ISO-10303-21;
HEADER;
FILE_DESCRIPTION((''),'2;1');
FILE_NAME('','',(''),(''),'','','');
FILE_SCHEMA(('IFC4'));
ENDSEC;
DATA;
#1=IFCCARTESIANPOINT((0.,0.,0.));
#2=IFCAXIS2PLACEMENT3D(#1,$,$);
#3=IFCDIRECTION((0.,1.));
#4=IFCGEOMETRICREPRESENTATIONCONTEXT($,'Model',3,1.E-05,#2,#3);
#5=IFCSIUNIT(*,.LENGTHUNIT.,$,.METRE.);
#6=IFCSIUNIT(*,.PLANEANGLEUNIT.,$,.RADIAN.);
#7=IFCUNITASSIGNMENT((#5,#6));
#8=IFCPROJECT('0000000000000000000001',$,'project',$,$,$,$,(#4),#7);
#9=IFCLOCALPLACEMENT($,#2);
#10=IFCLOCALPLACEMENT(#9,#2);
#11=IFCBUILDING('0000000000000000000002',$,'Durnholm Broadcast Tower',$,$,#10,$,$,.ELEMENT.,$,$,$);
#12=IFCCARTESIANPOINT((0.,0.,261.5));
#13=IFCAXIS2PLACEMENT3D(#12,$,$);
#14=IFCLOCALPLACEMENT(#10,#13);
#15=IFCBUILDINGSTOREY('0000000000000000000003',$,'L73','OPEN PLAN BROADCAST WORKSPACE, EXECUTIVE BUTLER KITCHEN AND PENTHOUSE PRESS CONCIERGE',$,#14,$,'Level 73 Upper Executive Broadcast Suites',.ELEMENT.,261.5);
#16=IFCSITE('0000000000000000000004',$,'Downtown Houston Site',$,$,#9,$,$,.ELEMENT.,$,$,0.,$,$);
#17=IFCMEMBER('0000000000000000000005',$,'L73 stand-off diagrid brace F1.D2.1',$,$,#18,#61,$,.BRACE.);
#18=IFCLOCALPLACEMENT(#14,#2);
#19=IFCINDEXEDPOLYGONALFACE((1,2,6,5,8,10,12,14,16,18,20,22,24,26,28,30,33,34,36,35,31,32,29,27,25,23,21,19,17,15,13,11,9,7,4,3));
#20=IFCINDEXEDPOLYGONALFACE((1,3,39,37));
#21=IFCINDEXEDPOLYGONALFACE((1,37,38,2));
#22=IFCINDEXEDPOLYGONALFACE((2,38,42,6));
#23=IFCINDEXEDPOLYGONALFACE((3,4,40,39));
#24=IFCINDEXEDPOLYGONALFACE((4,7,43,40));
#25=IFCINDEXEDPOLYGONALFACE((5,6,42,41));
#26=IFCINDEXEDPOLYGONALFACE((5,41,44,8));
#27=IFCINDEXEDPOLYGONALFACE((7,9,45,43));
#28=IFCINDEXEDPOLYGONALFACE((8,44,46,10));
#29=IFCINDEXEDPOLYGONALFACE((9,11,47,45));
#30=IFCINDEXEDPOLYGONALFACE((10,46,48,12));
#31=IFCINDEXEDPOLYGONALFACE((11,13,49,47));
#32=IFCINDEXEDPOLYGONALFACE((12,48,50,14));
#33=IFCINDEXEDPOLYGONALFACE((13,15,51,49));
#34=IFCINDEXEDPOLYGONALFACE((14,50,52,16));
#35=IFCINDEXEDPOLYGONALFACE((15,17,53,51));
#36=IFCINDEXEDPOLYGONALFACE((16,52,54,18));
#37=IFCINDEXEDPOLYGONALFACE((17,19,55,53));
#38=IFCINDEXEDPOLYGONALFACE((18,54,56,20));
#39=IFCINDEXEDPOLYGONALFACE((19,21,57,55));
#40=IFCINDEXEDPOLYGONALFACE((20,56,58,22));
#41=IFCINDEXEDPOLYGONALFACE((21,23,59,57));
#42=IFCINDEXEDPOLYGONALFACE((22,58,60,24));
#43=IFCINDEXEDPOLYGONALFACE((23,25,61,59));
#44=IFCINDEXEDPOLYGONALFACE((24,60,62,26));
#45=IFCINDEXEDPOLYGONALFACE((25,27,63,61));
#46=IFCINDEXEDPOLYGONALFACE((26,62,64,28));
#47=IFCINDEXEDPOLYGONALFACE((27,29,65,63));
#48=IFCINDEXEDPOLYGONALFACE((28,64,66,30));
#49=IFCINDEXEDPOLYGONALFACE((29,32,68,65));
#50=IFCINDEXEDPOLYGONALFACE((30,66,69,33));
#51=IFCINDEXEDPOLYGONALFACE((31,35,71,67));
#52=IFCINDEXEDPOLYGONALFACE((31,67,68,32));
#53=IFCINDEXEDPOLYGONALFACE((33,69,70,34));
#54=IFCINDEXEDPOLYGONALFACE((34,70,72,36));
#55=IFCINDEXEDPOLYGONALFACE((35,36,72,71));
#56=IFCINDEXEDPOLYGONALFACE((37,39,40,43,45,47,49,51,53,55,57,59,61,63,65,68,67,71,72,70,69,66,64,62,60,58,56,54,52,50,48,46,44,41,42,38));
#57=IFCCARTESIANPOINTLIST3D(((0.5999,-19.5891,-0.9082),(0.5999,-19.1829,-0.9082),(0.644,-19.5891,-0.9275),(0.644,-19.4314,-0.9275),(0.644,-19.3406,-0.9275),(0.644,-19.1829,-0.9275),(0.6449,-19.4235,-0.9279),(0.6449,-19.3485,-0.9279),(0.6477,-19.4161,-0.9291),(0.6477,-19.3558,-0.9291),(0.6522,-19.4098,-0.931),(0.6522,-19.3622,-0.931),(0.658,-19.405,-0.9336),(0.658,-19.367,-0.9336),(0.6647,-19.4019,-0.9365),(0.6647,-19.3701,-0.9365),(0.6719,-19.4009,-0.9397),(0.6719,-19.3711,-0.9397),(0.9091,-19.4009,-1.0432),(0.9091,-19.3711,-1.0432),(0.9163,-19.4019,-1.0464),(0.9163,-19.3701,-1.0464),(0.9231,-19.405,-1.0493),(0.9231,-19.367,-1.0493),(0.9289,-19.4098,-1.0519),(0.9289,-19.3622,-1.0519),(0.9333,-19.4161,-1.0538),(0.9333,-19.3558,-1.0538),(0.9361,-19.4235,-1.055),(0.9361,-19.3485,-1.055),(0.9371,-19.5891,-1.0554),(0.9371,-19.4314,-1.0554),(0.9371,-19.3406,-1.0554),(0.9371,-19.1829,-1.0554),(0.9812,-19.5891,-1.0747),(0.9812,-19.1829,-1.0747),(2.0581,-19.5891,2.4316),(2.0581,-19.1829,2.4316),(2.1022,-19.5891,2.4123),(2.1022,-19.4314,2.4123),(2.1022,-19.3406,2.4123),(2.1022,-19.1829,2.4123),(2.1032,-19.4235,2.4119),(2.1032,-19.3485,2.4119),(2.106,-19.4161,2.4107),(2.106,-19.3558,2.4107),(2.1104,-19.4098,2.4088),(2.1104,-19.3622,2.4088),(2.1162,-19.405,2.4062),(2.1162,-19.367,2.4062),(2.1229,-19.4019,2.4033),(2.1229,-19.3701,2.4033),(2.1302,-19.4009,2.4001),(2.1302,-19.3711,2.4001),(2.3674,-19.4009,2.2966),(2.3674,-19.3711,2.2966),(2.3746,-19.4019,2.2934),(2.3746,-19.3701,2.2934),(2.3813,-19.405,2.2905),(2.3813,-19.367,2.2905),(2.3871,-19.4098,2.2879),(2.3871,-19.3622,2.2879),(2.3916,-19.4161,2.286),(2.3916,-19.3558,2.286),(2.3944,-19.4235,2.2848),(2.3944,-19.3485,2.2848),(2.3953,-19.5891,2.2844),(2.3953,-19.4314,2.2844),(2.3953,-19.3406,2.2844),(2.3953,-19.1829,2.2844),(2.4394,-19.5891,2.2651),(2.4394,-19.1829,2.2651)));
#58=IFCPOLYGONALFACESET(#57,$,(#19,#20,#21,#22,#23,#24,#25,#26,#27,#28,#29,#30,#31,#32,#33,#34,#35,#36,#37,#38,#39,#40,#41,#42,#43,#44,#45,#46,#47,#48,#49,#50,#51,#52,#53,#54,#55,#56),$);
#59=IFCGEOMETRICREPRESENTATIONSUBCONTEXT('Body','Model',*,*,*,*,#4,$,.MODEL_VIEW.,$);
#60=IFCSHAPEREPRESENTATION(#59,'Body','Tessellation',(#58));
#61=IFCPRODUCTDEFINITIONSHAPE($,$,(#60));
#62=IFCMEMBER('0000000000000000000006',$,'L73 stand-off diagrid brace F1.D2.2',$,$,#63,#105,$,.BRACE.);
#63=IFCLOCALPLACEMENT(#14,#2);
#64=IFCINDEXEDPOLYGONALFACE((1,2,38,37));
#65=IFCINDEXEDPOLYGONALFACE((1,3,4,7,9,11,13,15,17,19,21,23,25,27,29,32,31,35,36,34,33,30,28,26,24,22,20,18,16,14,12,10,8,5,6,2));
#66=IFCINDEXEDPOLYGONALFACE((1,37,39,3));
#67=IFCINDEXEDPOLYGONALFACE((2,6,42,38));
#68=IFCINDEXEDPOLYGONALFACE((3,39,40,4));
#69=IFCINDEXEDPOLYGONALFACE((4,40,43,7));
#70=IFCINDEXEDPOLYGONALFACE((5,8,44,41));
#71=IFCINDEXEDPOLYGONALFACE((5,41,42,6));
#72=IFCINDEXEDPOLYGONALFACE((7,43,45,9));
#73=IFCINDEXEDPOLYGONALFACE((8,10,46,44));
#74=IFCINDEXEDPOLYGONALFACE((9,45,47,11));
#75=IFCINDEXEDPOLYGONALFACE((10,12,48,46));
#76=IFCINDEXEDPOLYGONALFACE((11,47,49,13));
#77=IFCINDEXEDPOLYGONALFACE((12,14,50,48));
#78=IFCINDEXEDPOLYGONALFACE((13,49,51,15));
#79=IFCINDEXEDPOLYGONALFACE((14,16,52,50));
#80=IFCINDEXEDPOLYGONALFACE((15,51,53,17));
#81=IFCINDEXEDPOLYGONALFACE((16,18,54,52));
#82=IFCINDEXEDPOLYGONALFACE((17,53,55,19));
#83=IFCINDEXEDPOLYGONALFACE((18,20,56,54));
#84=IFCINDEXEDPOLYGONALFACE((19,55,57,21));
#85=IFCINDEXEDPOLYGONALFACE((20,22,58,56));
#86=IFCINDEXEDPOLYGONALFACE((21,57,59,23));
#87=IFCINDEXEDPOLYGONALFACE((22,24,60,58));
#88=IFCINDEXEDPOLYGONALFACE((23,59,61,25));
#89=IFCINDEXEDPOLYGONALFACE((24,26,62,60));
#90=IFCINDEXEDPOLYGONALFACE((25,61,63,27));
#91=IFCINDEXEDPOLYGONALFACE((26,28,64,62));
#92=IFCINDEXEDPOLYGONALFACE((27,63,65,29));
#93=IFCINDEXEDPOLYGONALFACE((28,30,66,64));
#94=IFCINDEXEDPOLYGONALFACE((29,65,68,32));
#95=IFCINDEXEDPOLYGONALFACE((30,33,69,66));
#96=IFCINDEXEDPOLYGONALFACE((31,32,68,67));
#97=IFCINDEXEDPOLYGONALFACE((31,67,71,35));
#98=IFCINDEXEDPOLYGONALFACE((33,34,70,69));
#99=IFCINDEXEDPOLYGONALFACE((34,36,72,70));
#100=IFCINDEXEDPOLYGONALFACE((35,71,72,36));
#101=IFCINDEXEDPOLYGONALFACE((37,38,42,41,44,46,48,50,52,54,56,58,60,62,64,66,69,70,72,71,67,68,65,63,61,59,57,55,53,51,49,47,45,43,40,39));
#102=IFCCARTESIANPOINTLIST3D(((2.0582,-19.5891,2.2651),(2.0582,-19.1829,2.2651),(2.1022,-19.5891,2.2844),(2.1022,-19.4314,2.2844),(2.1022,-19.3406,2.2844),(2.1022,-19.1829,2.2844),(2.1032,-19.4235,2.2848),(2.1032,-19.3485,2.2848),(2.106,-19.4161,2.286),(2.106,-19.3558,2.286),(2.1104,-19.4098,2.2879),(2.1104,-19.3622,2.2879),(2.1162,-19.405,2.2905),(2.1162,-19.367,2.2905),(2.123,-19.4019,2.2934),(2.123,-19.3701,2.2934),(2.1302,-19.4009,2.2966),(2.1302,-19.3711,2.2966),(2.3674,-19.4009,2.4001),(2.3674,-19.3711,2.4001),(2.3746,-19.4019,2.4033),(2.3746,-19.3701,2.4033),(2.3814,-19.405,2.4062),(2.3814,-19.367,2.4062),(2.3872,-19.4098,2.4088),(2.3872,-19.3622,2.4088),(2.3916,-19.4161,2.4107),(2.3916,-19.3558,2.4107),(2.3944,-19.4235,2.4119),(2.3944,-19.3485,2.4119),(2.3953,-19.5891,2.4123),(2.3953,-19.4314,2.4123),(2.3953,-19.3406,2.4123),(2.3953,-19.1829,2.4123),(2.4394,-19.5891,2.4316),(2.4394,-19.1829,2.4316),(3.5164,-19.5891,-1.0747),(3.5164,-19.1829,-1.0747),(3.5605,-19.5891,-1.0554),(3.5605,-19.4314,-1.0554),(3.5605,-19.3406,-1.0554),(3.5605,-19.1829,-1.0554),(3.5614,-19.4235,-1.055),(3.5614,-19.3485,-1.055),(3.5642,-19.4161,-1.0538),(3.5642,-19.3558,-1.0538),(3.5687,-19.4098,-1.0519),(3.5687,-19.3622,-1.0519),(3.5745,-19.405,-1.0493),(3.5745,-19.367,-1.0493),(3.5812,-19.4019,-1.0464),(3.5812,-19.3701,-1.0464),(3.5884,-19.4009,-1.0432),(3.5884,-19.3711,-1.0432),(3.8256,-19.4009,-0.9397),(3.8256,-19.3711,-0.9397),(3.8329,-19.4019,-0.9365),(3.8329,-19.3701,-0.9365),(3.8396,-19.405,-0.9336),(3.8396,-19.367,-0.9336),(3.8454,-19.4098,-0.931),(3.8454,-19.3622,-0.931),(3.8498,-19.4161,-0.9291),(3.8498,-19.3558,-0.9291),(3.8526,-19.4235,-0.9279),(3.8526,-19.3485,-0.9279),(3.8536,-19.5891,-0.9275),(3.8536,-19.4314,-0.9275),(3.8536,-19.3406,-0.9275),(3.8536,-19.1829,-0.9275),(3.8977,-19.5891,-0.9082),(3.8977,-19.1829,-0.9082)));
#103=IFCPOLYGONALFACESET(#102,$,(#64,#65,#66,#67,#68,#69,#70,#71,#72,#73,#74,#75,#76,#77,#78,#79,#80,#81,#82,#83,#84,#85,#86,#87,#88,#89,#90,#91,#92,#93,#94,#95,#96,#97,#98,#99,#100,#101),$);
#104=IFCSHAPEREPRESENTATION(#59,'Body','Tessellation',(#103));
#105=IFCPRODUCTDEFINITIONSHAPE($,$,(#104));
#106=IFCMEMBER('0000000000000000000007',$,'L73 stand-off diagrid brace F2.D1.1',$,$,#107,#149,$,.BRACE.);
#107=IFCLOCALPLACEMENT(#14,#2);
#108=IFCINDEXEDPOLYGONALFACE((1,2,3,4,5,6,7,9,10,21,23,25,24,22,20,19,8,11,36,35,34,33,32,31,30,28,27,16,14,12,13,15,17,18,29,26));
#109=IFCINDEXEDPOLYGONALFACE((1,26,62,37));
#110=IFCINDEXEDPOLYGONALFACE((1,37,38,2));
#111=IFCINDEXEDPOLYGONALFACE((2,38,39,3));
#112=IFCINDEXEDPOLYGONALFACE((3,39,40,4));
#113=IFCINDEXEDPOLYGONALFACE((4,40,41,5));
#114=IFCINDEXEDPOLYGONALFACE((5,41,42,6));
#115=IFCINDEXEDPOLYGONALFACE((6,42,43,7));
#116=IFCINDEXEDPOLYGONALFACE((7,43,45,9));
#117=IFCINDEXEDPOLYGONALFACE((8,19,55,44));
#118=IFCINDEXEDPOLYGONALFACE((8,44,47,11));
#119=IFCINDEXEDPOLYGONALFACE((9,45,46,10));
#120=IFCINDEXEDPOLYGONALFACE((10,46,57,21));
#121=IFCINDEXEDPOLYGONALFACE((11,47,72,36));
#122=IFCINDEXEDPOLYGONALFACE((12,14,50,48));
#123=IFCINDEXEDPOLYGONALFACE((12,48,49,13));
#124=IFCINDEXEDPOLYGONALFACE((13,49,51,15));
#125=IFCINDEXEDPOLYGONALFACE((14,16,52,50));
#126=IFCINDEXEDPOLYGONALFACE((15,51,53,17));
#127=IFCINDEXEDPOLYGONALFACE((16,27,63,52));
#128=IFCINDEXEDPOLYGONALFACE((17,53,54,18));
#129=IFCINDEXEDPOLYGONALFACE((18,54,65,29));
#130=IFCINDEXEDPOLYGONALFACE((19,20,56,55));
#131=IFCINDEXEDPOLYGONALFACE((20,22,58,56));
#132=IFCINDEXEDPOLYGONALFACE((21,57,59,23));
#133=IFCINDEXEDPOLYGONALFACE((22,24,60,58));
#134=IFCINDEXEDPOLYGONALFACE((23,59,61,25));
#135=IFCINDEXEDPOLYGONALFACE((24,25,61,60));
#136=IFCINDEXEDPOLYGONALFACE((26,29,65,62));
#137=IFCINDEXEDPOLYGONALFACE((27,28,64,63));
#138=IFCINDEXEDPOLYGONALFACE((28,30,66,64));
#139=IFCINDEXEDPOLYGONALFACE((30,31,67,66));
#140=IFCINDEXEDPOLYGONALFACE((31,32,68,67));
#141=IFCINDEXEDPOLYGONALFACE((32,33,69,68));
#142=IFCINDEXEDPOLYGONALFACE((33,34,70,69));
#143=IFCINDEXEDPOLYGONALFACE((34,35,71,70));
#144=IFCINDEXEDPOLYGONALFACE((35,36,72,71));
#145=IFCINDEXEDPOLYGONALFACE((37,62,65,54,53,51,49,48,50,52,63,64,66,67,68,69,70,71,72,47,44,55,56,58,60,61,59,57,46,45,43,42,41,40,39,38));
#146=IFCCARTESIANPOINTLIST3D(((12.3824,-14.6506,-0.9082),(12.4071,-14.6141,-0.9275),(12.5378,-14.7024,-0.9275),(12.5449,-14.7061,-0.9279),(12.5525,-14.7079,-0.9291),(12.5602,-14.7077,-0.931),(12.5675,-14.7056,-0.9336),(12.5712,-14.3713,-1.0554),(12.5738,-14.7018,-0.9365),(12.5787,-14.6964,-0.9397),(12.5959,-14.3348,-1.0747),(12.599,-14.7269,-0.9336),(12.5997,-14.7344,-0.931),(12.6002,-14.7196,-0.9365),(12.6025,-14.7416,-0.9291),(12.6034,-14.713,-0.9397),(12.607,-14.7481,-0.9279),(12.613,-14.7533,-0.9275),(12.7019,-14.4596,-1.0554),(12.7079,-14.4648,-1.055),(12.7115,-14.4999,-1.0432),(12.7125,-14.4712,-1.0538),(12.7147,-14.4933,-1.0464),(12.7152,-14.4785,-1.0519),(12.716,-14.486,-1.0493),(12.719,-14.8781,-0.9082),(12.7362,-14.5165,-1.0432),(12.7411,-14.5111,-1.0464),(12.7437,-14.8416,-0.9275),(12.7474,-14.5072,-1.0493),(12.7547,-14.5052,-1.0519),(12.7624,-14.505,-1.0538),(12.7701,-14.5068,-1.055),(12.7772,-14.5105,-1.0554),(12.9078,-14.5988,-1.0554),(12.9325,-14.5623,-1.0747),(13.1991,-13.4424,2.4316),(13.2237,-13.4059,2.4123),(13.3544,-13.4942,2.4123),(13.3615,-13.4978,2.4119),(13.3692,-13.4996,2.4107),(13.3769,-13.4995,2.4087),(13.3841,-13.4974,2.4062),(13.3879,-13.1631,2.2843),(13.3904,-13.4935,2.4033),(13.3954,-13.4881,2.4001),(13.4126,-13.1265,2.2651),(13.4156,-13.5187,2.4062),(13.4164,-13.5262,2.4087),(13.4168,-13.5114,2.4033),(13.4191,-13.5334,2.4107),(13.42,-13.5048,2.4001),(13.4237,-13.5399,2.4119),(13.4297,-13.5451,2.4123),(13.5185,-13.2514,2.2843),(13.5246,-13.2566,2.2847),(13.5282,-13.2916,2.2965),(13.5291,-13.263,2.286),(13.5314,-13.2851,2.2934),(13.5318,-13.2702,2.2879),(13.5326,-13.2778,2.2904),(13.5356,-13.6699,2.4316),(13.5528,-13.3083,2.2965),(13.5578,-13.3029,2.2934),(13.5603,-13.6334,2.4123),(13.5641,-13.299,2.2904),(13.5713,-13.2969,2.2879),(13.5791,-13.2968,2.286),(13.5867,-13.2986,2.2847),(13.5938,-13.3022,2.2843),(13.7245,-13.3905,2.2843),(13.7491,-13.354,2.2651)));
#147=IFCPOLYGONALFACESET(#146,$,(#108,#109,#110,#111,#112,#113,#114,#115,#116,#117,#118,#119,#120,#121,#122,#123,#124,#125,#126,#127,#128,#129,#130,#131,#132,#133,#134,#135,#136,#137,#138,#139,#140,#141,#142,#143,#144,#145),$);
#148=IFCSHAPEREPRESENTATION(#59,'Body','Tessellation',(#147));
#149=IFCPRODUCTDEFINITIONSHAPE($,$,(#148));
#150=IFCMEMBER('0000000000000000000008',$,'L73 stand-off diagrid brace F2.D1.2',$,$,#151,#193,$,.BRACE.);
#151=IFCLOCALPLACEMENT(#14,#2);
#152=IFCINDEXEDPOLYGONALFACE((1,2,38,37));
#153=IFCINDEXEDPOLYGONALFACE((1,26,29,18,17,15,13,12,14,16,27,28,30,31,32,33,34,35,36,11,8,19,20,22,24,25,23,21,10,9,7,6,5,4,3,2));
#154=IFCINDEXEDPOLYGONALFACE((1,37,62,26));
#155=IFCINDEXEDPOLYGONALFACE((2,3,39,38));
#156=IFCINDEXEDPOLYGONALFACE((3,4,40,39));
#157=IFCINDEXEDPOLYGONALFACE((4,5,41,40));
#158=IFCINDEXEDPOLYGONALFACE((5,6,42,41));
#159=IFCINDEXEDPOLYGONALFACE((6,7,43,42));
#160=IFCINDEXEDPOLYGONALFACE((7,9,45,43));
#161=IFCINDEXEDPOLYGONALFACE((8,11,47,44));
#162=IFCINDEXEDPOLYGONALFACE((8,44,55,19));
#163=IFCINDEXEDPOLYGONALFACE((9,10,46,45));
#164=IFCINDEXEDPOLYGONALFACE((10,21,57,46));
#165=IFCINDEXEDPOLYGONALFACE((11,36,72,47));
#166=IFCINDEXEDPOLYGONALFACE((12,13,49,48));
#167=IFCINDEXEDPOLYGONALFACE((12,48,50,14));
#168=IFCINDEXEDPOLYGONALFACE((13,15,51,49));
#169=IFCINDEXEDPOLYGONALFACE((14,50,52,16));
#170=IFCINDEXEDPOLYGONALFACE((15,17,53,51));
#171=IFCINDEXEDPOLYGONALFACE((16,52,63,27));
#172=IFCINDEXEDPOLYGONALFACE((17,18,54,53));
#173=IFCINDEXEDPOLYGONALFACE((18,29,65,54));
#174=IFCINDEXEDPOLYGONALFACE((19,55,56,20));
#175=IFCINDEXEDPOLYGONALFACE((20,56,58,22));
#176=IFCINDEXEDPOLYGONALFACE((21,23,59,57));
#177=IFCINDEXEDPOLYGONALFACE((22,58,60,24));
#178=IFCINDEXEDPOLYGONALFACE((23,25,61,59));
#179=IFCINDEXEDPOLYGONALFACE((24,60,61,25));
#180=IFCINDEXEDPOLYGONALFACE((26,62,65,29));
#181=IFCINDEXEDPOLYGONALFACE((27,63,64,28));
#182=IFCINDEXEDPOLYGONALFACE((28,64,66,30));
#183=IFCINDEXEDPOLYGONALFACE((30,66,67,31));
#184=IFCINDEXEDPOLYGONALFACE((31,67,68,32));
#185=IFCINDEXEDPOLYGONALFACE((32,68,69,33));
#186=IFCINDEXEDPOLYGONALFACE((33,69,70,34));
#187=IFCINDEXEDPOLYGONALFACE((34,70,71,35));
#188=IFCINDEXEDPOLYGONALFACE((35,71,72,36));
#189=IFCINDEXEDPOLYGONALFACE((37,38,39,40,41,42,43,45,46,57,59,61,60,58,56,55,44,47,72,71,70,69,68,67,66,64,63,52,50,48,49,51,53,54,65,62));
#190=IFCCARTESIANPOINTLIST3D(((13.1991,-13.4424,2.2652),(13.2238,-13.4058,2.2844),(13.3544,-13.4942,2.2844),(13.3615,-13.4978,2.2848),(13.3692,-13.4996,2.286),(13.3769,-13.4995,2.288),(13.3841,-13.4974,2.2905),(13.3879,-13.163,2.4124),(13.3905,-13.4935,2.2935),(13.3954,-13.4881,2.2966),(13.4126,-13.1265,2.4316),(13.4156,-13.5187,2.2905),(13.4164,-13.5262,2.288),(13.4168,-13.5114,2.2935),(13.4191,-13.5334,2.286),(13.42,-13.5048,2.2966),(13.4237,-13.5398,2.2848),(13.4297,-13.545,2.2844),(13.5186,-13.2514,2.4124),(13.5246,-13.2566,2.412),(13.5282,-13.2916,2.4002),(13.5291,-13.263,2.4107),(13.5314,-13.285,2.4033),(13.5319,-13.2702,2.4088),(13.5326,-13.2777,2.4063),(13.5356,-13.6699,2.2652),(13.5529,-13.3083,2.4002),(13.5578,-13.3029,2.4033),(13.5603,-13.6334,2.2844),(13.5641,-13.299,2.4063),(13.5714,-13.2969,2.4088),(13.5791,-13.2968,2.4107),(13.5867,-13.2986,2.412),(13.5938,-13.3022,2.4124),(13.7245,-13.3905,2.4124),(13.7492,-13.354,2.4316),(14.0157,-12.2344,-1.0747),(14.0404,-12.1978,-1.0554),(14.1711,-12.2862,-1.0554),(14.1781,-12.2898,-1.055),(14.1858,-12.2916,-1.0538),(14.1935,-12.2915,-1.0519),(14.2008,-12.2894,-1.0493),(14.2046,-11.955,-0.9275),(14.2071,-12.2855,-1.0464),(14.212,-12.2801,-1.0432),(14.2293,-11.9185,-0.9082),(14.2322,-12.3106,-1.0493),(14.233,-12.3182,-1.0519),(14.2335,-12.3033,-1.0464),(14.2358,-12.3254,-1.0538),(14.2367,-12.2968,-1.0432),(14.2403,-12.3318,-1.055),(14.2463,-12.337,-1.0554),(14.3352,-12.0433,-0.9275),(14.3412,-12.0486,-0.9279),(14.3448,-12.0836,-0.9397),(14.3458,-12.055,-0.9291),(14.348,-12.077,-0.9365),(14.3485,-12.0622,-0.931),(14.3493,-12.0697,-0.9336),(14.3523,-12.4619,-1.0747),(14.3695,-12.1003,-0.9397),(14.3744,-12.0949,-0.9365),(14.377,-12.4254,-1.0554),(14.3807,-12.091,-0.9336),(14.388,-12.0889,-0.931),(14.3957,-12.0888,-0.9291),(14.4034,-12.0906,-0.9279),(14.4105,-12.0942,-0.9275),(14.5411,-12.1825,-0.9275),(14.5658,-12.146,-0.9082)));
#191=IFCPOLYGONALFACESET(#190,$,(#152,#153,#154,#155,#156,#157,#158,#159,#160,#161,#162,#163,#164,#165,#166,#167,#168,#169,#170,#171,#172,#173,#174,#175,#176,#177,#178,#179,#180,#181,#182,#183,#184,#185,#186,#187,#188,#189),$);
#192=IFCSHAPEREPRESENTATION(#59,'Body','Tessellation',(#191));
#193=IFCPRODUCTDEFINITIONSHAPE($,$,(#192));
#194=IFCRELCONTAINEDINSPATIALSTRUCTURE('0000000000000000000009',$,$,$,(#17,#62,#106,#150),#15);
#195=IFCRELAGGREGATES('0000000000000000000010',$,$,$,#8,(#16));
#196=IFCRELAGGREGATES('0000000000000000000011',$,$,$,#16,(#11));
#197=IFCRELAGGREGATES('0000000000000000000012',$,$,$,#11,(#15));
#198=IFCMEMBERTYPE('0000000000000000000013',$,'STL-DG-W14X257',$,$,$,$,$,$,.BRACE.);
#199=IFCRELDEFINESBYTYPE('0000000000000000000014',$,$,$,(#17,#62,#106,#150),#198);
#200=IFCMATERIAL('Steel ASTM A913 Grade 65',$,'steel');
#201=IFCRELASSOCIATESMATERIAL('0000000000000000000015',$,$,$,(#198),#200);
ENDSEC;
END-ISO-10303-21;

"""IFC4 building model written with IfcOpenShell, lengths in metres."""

from ifc_helpers import new_model, si_unit, direction, frame, origin, origin_2d, place, context, subcontext, project, spatial, i_section, extrude, source, transform, mapped, material, material_profile, profile_set, type_object, type_shapes, element, save


model = new_model("IFC4")

# Units and contexts
model_context = context("Model", 3, precision=1e-05, world=origin(), true_north=direction((0.0, 1.0)))
body_context = subcontext(model_context, "Body", "Model", "MODEL_VIEW")
ifc_project = project(units=[si_unit("LENGTHUNIT", "METRE"), si_unit("PLANEANGLEUNIT", "RADIAN")], contexts=[model_context])

# Site, building, storey
site_placement = place(None, origin())
site = spatial("IfcSite", under=ifc_project, at=site_placement, Name="Downtown Houston Site", CompositionType="ELEMENT", RefElevation=0.0)
building_placement = place(site_placement, origin())
building = spatial("IfcBuilding", under=site, at=building_placement, Name="Durnholm Broadcast Tower", CompositionType="ELEMENT")
storey_placement = place(building_placement, frame((0.0, 0.0, 261.5)))
storey = spatial("IfcBuildingStorey", under=building, at=storey_placement, Name="L73", Description="OPEN PLAN BROADCAST WORKSPACE, EXECUTIVE BUTLER KITCHEN AND PENTHOUSE PRESS CONCIERGE", LongName="Level 73 Upper Executive Broadcast Suites", CompositionType="ELEMENT", Elevation=261.5)

# Members
ifc_material_1 = material(Name="Steel ASTM A913 Grade 65", Category="steel")
ifc_material_profile_1 = material_profile(ifc_material_1, i_section(OverallWidth=0.4062, OverallDepth=0.416, WebThickness=0.0298, FlangeThickness=0.0481, FilletRadius=0.0305, at=origin_2d()), Name="W14X257")
ifc_profile_set_1 = profile_set([ifc_material_profile_1], Name="Steel ASTM A913 Grade 65")
member_type_1 = type_object("IfcMemberType", Name="STL-DG-W14X257", PredefinedType="BRACE", material=ifc_profile_set_1)
shared_shape_1 = source(origin(), body_context, "Body", "SweptSolid", [
    extrude(i_section(OverallWidth=0.4062, OverallDepth=0.416, WebThickness=0.0298, FlangeThickness=0.0481, FilletRadius=0.0305, at=origin_2d()), origin(), (0.0, 0.0, 1.0), 3.6443),
])
type_shapes(member_type_1, [shared_shape_1])
for number, where, z_axis, x_axis, name in (
    (1, (0.7905, -19.386, -0.9915), (0.400144, 0.0, 0.916452), (0.0, 1.0, 0.0), "L73 stand-off diagrid brace F1.D2.1"),
    (2, (3.707, -19.386, -0.9915), (-0.400144, 0.0, 0.916452), (0.0, -1.0, 0.0), "L73 stand-off diagrid brace F1.D2.2"),
    (3, (12.6575, -14.6064, -0.9915), (0.224086, 0.33154, 0.916442), (-0.828505, 0.559982, 0.0), "L73 stand-off diagrid brace F2.D1.1"),
    (4, (14.2908, -12.1902, -0.9915), (-0.224091, -0.331481, 0.916463), (0.828452, -0.560059, 0.0), "L73 stand-off diagrid brace F2.D1.2"),
):
    element("IfcMember", number, at=place(storey_placement, frame(where, z_axis=z_axis, x_axis=x_axis)), inside=storey, type_object=member_type_1, Name=name, PredefinedType="BRACE", context=body_context, shape_type="MappedRepresentation", body=[
        mapped(shared_shape_1, transform((0.0, 0.0, 0.0), x_axis=(1.0, 0.0, 0.0), y_axis=(0.0, 1.0, 0.0), z_axis=(0.0, 0.0, 1.0), scale=1.0)),
    ])

save(model, "model.ifc")
